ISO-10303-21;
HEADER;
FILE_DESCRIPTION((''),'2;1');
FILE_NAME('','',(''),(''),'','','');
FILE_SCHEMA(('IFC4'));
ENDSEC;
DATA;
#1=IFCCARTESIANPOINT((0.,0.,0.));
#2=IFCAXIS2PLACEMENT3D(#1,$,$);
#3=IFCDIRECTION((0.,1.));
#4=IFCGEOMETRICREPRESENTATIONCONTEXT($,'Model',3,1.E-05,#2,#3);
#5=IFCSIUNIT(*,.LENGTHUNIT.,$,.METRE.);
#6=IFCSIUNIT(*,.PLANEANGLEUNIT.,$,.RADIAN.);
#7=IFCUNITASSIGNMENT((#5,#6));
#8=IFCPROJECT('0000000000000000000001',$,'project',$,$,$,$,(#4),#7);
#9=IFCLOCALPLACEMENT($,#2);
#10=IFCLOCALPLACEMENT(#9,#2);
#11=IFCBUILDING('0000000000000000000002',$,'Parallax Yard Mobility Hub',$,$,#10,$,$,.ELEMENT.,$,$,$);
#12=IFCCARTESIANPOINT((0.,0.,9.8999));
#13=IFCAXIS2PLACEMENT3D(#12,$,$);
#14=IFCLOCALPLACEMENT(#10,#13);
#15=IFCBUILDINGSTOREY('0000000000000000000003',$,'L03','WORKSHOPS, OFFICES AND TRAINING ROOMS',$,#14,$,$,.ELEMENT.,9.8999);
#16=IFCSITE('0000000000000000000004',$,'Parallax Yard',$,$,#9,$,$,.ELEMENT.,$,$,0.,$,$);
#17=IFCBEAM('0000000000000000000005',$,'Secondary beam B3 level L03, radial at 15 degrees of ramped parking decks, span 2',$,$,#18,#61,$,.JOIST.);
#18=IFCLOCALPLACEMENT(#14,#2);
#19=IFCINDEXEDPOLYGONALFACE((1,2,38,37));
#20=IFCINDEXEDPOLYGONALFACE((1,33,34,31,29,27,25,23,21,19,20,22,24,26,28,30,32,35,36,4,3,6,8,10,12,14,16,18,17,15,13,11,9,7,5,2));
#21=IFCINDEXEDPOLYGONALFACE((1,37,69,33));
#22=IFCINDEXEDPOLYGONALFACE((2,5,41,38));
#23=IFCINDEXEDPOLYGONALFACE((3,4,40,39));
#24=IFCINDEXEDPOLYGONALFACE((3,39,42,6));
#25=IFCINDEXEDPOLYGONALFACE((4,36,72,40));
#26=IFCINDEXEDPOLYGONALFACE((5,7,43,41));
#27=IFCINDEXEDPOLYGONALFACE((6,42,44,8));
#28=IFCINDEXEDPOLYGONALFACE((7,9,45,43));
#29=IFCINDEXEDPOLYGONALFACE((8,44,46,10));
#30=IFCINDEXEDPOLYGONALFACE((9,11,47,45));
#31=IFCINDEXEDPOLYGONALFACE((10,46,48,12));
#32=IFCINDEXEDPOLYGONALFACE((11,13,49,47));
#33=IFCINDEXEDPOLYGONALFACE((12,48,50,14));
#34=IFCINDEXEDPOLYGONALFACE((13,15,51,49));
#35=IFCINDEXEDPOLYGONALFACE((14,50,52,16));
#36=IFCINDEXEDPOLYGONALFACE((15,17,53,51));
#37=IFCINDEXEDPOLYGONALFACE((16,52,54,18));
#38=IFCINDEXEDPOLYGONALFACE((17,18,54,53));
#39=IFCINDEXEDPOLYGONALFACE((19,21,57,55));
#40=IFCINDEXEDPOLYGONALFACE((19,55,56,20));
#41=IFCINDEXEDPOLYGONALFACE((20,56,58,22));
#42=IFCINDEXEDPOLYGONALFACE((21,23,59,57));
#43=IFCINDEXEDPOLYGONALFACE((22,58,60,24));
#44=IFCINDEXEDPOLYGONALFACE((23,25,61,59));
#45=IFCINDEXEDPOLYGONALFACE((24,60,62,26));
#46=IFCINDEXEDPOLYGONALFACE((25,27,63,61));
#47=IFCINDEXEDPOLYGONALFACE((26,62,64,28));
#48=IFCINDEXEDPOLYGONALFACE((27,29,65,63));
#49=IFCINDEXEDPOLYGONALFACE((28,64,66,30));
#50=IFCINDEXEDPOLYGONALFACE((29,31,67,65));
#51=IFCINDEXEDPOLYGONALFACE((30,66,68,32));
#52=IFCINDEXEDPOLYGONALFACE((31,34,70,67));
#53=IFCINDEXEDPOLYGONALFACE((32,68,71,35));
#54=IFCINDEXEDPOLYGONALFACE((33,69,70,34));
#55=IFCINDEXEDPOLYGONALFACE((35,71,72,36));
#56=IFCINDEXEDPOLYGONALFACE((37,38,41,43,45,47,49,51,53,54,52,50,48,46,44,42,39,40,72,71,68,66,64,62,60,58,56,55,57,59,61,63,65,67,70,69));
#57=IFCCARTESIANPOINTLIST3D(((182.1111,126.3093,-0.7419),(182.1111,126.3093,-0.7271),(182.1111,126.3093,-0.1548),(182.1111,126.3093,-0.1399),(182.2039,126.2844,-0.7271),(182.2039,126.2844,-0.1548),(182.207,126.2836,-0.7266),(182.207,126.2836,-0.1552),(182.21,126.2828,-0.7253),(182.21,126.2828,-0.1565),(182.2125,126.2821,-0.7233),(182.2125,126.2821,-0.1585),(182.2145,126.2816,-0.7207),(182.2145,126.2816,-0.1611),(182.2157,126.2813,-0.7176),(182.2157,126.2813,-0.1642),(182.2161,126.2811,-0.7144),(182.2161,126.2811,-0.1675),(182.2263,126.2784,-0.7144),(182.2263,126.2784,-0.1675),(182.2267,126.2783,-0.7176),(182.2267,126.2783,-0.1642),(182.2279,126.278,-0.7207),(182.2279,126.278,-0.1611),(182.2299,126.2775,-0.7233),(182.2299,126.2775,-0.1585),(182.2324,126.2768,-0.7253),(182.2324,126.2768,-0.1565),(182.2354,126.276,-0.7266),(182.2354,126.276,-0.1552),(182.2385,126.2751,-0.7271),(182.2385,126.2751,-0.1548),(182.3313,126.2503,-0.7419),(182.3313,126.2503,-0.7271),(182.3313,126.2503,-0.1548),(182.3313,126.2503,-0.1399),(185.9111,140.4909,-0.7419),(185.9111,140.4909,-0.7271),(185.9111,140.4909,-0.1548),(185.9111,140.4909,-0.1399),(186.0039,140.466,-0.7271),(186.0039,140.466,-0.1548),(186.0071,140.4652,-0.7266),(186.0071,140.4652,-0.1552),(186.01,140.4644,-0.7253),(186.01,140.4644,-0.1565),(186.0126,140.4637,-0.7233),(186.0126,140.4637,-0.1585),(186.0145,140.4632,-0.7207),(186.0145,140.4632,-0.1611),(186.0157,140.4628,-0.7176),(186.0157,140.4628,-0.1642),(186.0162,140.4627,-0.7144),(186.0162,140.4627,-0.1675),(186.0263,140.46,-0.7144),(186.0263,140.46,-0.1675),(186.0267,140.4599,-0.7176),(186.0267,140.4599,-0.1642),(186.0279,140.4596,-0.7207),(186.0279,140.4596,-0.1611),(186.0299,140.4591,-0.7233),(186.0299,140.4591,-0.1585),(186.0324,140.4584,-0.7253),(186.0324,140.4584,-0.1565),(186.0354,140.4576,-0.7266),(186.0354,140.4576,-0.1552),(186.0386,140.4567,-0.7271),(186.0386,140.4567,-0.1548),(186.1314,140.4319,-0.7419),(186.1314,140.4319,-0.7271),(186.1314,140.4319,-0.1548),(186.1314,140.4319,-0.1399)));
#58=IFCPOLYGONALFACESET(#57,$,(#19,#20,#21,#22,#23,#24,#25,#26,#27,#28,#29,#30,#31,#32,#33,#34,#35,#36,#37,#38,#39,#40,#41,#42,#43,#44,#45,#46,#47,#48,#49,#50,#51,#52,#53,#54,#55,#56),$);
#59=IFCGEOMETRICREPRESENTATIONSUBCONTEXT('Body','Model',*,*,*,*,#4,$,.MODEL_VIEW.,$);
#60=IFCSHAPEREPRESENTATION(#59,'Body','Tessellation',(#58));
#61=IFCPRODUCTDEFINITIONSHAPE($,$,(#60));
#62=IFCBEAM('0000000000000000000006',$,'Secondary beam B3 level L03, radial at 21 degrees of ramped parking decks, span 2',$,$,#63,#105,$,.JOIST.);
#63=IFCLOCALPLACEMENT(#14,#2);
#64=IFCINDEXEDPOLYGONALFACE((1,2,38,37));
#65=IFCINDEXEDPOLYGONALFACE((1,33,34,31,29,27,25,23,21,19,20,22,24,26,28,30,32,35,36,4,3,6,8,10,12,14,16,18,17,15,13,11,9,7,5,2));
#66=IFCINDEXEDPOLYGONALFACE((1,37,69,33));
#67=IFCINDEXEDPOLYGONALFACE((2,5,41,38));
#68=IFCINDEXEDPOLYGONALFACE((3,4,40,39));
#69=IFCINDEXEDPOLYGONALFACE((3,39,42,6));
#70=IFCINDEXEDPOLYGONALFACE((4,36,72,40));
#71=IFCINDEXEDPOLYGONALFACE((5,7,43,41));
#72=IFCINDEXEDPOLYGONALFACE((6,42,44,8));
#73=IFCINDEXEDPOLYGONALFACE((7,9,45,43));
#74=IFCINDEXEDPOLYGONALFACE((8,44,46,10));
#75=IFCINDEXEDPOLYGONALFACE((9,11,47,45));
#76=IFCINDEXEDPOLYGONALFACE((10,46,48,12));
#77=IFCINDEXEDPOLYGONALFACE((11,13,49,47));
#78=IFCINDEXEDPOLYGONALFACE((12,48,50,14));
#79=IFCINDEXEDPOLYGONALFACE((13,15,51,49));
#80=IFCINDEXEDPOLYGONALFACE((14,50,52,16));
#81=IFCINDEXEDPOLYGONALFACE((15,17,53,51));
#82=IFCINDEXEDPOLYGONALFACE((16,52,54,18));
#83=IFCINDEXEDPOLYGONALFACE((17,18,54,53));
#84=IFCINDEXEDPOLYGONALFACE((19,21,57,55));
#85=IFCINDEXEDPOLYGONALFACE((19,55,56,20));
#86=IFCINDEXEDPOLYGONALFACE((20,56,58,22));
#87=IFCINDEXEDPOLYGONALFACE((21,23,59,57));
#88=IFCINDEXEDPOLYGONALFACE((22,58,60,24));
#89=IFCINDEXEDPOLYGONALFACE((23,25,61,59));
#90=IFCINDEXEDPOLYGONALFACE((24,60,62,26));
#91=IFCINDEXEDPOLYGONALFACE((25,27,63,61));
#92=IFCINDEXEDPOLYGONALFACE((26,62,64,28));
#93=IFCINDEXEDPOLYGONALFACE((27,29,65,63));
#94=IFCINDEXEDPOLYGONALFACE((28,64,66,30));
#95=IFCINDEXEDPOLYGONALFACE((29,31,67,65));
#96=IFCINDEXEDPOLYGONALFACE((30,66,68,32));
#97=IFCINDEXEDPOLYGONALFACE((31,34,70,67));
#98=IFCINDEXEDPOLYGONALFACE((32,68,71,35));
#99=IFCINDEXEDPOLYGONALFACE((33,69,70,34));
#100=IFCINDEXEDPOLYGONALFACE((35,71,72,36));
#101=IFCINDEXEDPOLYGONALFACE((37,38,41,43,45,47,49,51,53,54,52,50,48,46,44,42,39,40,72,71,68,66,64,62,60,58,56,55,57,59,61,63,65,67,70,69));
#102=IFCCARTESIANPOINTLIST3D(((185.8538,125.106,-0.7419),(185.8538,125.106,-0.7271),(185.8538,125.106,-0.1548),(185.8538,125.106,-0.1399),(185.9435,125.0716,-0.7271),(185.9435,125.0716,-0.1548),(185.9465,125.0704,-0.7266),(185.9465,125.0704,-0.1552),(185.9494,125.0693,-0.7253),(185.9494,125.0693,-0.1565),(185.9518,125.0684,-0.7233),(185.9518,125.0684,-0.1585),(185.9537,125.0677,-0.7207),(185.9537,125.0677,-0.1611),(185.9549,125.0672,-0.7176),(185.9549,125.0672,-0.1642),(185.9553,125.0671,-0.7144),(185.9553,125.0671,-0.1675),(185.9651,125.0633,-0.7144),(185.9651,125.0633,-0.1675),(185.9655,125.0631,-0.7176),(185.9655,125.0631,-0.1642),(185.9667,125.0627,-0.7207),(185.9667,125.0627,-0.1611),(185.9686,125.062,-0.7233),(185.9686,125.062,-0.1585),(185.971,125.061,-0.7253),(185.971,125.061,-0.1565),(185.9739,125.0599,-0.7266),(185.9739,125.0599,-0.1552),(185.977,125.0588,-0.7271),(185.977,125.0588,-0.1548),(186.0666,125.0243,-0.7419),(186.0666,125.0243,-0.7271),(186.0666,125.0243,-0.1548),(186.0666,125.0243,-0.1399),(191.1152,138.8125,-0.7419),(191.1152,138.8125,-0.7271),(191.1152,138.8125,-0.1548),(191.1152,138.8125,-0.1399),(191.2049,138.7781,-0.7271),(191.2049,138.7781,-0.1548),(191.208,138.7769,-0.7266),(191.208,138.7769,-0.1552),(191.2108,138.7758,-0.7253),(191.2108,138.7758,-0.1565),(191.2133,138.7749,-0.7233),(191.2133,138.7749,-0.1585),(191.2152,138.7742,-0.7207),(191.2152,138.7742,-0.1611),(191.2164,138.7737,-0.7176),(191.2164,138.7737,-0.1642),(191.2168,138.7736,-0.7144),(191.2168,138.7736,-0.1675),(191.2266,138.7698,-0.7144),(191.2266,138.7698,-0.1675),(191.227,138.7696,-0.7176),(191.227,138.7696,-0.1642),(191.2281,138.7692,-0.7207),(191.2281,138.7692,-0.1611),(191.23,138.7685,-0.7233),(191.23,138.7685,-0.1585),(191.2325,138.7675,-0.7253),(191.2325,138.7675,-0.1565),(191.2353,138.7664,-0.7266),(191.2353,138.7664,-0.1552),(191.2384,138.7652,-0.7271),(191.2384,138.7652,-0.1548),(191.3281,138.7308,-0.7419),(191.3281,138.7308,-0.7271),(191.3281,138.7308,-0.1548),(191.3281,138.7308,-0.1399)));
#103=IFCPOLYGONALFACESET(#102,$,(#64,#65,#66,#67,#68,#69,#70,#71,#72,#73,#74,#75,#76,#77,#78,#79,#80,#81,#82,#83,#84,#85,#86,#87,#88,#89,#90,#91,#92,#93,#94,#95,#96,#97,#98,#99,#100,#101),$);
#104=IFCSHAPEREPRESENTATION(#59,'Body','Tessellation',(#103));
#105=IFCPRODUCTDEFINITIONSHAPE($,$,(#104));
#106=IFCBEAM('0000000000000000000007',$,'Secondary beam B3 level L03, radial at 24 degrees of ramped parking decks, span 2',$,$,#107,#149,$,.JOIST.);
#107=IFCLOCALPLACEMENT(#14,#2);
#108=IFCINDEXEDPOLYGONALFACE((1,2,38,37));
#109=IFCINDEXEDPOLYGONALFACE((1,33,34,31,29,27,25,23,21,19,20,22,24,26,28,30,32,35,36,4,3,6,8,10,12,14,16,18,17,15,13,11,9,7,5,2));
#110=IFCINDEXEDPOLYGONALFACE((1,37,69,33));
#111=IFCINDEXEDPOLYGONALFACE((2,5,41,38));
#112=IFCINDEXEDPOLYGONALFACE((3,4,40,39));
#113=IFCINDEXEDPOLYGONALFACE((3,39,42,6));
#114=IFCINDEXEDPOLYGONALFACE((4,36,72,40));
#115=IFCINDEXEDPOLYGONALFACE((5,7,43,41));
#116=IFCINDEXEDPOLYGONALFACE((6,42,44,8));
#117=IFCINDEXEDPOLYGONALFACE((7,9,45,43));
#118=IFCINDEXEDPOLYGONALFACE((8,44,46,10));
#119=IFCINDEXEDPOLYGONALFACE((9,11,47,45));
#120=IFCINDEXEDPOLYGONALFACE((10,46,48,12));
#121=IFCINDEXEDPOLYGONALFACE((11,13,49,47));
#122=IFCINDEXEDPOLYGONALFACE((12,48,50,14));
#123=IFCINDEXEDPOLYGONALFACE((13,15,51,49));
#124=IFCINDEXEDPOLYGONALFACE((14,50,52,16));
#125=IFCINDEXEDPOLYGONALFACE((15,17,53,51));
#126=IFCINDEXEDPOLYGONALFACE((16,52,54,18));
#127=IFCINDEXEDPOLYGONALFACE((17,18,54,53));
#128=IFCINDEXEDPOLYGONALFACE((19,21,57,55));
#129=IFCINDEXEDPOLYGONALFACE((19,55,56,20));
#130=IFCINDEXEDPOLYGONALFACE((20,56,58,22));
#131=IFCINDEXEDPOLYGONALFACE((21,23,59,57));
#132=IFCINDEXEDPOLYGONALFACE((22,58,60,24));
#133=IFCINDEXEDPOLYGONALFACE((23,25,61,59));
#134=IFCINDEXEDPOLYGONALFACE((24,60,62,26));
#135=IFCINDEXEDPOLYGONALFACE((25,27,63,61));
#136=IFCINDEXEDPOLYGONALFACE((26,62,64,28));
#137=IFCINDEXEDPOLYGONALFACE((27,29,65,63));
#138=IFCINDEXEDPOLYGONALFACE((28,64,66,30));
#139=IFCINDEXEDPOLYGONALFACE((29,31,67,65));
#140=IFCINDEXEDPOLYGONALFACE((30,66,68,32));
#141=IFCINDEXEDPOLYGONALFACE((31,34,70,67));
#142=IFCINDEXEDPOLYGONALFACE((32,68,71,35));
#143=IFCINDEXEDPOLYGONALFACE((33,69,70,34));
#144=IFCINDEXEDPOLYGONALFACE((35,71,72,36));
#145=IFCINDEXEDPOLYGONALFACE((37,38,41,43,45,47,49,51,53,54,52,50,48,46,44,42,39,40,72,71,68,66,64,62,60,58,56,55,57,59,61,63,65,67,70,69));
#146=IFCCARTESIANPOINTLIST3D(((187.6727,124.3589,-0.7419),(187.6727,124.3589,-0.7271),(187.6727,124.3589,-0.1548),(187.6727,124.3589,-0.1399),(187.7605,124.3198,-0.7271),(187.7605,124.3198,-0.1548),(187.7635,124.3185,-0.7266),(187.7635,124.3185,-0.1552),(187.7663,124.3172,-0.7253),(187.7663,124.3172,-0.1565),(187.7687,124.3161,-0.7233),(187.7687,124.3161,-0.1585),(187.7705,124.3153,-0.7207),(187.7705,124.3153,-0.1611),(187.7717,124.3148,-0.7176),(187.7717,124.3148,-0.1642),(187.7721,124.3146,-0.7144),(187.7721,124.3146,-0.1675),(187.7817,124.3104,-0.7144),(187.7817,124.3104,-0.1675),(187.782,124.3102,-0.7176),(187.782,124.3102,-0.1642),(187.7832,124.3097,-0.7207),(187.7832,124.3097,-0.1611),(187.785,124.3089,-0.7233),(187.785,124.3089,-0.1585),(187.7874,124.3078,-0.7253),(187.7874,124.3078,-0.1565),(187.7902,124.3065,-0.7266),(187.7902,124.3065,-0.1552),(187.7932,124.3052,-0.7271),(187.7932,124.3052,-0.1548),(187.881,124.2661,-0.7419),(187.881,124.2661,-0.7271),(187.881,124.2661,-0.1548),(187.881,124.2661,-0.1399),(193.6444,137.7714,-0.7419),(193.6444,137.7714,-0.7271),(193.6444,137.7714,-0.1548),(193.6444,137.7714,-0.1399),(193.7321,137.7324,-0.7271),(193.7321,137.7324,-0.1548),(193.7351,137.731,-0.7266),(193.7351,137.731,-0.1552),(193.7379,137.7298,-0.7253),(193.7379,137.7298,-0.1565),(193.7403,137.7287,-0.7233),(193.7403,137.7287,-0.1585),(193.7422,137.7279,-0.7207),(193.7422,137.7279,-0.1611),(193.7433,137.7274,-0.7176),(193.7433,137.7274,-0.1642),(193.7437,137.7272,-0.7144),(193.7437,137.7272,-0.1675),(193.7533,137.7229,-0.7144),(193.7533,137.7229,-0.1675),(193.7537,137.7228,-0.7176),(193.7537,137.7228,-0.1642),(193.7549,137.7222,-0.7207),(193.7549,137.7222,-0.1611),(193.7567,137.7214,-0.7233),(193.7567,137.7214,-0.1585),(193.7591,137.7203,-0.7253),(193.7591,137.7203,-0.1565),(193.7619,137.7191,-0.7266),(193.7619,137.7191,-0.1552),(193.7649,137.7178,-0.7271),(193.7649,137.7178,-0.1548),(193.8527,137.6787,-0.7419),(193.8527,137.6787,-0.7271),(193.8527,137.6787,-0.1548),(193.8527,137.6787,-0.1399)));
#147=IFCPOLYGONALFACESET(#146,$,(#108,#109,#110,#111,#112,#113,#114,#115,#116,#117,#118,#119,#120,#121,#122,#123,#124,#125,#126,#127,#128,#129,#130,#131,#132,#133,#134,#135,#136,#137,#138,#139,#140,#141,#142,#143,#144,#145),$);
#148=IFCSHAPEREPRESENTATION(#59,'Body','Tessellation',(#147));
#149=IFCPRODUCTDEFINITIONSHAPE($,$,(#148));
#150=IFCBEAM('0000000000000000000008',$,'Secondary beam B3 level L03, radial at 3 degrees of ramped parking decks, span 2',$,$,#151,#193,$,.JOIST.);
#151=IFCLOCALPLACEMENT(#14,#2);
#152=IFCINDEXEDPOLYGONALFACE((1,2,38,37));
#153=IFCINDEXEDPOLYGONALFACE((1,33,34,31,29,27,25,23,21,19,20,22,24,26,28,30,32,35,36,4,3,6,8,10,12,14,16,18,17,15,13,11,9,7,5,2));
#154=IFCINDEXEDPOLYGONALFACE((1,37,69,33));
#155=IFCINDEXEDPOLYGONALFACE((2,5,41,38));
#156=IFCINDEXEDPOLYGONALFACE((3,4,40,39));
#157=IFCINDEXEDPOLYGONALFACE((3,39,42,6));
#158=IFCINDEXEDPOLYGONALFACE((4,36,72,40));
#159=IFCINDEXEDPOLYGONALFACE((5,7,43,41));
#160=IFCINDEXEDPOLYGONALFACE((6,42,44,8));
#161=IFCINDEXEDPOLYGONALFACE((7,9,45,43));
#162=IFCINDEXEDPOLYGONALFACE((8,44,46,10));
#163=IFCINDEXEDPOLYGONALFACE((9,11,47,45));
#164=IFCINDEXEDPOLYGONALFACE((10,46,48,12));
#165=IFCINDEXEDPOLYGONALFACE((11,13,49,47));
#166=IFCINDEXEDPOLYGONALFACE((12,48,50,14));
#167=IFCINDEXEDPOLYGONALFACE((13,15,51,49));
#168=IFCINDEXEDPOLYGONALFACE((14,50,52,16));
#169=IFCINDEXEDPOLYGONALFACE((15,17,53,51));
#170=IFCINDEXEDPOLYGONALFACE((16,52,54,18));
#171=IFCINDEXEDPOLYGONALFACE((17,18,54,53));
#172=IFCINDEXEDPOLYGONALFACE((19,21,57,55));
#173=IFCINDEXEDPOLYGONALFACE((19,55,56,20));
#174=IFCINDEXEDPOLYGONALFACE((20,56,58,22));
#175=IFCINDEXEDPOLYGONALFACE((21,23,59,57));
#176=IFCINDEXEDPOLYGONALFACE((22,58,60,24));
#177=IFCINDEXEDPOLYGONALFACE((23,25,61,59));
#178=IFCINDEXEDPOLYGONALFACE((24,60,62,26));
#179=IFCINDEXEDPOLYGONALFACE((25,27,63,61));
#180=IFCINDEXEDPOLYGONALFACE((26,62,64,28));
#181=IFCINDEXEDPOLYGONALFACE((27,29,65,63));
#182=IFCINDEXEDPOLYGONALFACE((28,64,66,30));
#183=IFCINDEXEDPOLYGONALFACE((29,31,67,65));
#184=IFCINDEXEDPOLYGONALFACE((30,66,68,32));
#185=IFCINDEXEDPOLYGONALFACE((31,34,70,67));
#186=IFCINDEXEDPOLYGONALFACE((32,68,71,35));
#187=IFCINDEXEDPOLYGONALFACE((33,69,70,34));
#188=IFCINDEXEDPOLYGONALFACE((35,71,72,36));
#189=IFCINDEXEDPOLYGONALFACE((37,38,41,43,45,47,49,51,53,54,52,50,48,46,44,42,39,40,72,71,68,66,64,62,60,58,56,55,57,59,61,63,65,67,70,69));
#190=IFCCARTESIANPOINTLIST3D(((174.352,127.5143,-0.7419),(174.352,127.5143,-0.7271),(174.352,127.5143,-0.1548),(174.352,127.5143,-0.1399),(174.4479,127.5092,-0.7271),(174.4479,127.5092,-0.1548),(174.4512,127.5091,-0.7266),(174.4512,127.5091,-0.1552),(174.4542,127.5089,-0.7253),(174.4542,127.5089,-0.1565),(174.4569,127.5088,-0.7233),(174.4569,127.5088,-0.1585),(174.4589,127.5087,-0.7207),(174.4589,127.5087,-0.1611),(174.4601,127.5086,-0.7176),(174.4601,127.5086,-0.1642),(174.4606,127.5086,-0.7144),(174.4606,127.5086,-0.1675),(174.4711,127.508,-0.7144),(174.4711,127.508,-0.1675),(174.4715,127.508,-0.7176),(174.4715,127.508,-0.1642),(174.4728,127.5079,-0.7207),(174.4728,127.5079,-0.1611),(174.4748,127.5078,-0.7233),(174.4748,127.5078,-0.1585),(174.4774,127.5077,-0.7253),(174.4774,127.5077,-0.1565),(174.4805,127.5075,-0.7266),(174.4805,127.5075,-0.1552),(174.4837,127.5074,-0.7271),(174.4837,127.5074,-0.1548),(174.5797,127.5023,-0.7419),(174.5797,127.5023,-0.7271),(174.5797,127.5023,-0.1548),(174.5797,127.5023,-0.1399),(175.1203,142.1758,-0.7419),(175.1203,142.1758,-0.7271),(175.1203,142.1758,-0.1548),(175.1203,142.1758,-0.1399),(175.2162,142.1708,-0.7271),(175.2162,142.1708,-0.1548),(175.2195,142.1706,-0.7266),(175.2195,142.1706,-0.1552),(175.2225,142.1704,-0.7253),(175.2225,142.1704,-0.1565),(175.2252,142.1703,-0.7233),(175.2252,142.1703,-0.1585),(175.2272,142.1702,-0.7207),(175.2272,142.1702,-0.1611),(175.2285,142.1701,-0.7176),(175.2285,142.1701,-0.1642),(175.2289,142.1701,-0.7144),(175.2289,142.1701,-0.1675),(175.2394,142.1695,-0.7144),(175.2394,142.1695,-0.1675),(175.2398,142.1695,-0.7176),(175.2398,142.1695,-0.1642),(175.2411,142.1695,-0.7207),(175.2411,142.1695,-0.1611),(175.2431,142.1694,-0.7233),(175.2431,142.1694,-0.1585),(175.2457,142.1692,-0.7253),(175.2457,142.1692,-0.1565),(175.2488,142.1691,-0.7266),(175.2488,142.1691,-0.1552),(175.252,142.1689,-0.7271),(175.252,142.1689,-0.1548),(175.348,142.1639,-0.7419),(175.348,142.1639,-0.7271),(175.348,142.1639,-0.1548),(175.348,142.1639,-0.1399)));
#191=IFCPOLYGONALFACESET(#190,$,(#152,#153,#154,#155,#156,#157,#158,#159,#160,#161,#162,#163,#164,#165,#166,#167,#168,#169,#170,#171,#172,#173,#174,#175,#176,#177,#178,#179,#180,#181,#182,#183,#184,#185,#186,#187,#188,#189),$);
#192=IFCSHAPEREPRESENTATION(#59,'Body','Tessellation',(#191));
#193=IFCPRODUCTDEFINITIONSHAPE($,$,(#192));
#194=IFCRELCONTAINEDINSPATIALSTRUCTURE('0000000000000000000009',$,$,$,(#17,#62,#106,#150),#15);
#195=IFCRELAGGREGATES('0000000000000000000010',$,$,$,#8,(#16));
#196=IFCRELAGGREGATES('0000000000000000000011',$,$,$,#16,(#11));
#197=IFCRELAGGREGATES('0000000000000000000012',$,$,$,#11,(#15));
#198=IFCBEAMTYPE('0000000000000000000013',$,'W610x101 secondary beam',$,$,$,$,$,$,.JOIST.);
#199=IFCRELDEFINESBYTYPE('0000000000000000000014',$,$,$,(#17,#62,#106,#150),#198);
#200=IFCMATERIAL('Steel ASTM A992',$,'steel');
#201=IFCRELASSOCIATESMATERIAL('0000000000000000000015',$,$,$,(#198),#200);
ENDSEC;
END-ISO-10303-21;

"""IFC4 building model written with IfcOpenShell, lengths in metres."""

from ifc_helpers import new_model, si_unit, direction, frame, origin, origin_2d, place, context, subcontext, project, spatial, i_section, extrude, material, material_profile, profile_set, type_object, element, save


model = new_model("IFC4")

# Units and contexts
model_context = context("Model", 3, precision=1e-05, world=origin(), true_north=direction((0.0, 1.0)))
body_context = subcontext(model_context, "Body", "Model", "MODEL_VIEW")
ifc_project = project(units=[si_unit("LENGTHUNIT", "METRE"), si_unit("PLANEANGLEUNIT", "RADIAN")], contexts=[model_context])

# Site, building, storey
site_placement = place(None, origin())
site = spatial("IfcSite", under=ifc_project, at=site_placement, Name="Parallax Yard", CompositionType="ELEMENT", RefElevation=0.0)
building_placement = place(site_placement, origin())
building = spatial("IfcBuilding", under=site, at=building_placement, Name="Parallax Yard Mobility Hub", CompositionType="ELEMENT")
storey_placement = place(building_placement, frame((0.0, 0.0, 9.8999)))
storey = spatial("IfcBuildingStorey", under=building, at=storey_placement, Name="L03", Description="WORKSHOPS, OFFICES AND TRAINING ROOMS", CompositionType="ELEMENT", Elevation=9.8999)

# Shared definitions
ifc_material_1 = material(Name="Steel ASTM A992", Category="steel")

# Beams
ifc_material_profile_1 = material_profile(ifc_material_1, i_section(OverallWidth=0.228, OverallDepth=0.6021, WebThickness=0.0105, FlangeThickness=0.0149, FilletRadius=0.0127, at=origin_2d()), Name="W610x101")
ifc_profile_set_1 = profile_set([ifc_material_profile_1], Name="Steel ASTM A992")
beam_type_1 = type_object("IfcBeamType", Name="W610x101 secondary beam", PredefinedType="JOIST", material=ifc_profile_set_1)
for number, where, z_axis, x_axis, name in (
    (1, (182.2212, 126.2798, -0.4409), (0.258825, 0.965924, 0.0), (-0.965924, 0.258825, 0.0), "Secondary beam B3 level L03, radial at 15 degrees of ramped parking decks, span 2"),
):
    element("IfcBeam", number, at=place(storey_placement, frame(where, z_axis=z_axis, x_axis=x_axis)), inside=storey, type_object=beam_type_1, Name=name, PredefinedType="JOIST", context=body_context, shape_type="SweptSolid", body=[
        extrude(i_section(OverallWidth=0.228, OverallDepth=0.6021, WebThickness=0.0105, FlangeThickness=0.0149, FilletRadius=0.0127, at=origin_2d()), origin(), (0.0, 0.0, 1.0), 14.6819),
    ])
beam_1_placement = place(storey_placement, frame((185.9602, 125.0652, -0.4409), z_axis=(0.358369, 0.93358, 0.0), x_axis=(-0.93358, 0.358369, 0.0)))
element("IfcBeam", 2, at=beam_1_placement, inside=storey, type_object=beam_type_1, Name="Secondary beam B3 level L03, radial at 21 degrees of ramped parking decks, span 2", PredefinedType="JOIST", context=body_context, shape_type="SweptSolid", body=[
    extrude(i_section(OverallWidth=0.228, OverallDepth=0.6021, WebThickness=0.0105, FlangeThickness=0.0149, FilletRadius=0.0127, at=origin_2d()), origin(), (0.0, 0.0, 1.0), 14.6816),
])
beam_2_placement = place(storey_placement, frame((187.7769, 124.3125, -0.4409), z_axis=(0.406737, 0.913545, 0.0), x_axis=(-0.913545, 0.406737, 0.0)))
element("IfcBeam", 3, at=beam_2_placement, inside=storey, type_object=beam_type_1, Name="Secondary beam B3 level L03, radial at 24 degrees of ramped parking decks, span 2", PredefinedType="JOIST", context=body_context, shape_type="SweptSolid", body=[
    extrude(i_section(OverallWidth=0.228, OverallDepth=0.6021, WebThickness=0.0105, FlangeThickness=0.0149, FilletRadius=0.0127, at=origin_2d()), origin(), (0.0, 0.0, 1.0), 14.6819),
])
for number, where, z_axis, x_axis, name in (
    (4, (174.4658, 127.5083, -0.4409), (0.052331, 0.99863, 0.0), (-0.99863, 0.052331, 0.0), "Secondary beam B3 level L03, radial at 3 degrees of ramped parking decks, span 2"),
):
    element("IfcBeam", number, at=place(storey_placement, frame(where, z_axis=z_axis, x_axis=x_axis)), inside=storey, type_object=beam_type_1, Name=name, PredefinedType="JOIST", context=body_context, shape_type="SweptSolid", body=[
        extrude(i_section(OverallWidth=0.228, OverallDepth=0.6021, WebThickness=0.0105, FlangeThickness=0.0149, FilletRadius=0.0127, at=origin_2d()), origin(), (0.0, 0.0, 1.0), 14.6816),
    ])

save(model, "model.ifc")
